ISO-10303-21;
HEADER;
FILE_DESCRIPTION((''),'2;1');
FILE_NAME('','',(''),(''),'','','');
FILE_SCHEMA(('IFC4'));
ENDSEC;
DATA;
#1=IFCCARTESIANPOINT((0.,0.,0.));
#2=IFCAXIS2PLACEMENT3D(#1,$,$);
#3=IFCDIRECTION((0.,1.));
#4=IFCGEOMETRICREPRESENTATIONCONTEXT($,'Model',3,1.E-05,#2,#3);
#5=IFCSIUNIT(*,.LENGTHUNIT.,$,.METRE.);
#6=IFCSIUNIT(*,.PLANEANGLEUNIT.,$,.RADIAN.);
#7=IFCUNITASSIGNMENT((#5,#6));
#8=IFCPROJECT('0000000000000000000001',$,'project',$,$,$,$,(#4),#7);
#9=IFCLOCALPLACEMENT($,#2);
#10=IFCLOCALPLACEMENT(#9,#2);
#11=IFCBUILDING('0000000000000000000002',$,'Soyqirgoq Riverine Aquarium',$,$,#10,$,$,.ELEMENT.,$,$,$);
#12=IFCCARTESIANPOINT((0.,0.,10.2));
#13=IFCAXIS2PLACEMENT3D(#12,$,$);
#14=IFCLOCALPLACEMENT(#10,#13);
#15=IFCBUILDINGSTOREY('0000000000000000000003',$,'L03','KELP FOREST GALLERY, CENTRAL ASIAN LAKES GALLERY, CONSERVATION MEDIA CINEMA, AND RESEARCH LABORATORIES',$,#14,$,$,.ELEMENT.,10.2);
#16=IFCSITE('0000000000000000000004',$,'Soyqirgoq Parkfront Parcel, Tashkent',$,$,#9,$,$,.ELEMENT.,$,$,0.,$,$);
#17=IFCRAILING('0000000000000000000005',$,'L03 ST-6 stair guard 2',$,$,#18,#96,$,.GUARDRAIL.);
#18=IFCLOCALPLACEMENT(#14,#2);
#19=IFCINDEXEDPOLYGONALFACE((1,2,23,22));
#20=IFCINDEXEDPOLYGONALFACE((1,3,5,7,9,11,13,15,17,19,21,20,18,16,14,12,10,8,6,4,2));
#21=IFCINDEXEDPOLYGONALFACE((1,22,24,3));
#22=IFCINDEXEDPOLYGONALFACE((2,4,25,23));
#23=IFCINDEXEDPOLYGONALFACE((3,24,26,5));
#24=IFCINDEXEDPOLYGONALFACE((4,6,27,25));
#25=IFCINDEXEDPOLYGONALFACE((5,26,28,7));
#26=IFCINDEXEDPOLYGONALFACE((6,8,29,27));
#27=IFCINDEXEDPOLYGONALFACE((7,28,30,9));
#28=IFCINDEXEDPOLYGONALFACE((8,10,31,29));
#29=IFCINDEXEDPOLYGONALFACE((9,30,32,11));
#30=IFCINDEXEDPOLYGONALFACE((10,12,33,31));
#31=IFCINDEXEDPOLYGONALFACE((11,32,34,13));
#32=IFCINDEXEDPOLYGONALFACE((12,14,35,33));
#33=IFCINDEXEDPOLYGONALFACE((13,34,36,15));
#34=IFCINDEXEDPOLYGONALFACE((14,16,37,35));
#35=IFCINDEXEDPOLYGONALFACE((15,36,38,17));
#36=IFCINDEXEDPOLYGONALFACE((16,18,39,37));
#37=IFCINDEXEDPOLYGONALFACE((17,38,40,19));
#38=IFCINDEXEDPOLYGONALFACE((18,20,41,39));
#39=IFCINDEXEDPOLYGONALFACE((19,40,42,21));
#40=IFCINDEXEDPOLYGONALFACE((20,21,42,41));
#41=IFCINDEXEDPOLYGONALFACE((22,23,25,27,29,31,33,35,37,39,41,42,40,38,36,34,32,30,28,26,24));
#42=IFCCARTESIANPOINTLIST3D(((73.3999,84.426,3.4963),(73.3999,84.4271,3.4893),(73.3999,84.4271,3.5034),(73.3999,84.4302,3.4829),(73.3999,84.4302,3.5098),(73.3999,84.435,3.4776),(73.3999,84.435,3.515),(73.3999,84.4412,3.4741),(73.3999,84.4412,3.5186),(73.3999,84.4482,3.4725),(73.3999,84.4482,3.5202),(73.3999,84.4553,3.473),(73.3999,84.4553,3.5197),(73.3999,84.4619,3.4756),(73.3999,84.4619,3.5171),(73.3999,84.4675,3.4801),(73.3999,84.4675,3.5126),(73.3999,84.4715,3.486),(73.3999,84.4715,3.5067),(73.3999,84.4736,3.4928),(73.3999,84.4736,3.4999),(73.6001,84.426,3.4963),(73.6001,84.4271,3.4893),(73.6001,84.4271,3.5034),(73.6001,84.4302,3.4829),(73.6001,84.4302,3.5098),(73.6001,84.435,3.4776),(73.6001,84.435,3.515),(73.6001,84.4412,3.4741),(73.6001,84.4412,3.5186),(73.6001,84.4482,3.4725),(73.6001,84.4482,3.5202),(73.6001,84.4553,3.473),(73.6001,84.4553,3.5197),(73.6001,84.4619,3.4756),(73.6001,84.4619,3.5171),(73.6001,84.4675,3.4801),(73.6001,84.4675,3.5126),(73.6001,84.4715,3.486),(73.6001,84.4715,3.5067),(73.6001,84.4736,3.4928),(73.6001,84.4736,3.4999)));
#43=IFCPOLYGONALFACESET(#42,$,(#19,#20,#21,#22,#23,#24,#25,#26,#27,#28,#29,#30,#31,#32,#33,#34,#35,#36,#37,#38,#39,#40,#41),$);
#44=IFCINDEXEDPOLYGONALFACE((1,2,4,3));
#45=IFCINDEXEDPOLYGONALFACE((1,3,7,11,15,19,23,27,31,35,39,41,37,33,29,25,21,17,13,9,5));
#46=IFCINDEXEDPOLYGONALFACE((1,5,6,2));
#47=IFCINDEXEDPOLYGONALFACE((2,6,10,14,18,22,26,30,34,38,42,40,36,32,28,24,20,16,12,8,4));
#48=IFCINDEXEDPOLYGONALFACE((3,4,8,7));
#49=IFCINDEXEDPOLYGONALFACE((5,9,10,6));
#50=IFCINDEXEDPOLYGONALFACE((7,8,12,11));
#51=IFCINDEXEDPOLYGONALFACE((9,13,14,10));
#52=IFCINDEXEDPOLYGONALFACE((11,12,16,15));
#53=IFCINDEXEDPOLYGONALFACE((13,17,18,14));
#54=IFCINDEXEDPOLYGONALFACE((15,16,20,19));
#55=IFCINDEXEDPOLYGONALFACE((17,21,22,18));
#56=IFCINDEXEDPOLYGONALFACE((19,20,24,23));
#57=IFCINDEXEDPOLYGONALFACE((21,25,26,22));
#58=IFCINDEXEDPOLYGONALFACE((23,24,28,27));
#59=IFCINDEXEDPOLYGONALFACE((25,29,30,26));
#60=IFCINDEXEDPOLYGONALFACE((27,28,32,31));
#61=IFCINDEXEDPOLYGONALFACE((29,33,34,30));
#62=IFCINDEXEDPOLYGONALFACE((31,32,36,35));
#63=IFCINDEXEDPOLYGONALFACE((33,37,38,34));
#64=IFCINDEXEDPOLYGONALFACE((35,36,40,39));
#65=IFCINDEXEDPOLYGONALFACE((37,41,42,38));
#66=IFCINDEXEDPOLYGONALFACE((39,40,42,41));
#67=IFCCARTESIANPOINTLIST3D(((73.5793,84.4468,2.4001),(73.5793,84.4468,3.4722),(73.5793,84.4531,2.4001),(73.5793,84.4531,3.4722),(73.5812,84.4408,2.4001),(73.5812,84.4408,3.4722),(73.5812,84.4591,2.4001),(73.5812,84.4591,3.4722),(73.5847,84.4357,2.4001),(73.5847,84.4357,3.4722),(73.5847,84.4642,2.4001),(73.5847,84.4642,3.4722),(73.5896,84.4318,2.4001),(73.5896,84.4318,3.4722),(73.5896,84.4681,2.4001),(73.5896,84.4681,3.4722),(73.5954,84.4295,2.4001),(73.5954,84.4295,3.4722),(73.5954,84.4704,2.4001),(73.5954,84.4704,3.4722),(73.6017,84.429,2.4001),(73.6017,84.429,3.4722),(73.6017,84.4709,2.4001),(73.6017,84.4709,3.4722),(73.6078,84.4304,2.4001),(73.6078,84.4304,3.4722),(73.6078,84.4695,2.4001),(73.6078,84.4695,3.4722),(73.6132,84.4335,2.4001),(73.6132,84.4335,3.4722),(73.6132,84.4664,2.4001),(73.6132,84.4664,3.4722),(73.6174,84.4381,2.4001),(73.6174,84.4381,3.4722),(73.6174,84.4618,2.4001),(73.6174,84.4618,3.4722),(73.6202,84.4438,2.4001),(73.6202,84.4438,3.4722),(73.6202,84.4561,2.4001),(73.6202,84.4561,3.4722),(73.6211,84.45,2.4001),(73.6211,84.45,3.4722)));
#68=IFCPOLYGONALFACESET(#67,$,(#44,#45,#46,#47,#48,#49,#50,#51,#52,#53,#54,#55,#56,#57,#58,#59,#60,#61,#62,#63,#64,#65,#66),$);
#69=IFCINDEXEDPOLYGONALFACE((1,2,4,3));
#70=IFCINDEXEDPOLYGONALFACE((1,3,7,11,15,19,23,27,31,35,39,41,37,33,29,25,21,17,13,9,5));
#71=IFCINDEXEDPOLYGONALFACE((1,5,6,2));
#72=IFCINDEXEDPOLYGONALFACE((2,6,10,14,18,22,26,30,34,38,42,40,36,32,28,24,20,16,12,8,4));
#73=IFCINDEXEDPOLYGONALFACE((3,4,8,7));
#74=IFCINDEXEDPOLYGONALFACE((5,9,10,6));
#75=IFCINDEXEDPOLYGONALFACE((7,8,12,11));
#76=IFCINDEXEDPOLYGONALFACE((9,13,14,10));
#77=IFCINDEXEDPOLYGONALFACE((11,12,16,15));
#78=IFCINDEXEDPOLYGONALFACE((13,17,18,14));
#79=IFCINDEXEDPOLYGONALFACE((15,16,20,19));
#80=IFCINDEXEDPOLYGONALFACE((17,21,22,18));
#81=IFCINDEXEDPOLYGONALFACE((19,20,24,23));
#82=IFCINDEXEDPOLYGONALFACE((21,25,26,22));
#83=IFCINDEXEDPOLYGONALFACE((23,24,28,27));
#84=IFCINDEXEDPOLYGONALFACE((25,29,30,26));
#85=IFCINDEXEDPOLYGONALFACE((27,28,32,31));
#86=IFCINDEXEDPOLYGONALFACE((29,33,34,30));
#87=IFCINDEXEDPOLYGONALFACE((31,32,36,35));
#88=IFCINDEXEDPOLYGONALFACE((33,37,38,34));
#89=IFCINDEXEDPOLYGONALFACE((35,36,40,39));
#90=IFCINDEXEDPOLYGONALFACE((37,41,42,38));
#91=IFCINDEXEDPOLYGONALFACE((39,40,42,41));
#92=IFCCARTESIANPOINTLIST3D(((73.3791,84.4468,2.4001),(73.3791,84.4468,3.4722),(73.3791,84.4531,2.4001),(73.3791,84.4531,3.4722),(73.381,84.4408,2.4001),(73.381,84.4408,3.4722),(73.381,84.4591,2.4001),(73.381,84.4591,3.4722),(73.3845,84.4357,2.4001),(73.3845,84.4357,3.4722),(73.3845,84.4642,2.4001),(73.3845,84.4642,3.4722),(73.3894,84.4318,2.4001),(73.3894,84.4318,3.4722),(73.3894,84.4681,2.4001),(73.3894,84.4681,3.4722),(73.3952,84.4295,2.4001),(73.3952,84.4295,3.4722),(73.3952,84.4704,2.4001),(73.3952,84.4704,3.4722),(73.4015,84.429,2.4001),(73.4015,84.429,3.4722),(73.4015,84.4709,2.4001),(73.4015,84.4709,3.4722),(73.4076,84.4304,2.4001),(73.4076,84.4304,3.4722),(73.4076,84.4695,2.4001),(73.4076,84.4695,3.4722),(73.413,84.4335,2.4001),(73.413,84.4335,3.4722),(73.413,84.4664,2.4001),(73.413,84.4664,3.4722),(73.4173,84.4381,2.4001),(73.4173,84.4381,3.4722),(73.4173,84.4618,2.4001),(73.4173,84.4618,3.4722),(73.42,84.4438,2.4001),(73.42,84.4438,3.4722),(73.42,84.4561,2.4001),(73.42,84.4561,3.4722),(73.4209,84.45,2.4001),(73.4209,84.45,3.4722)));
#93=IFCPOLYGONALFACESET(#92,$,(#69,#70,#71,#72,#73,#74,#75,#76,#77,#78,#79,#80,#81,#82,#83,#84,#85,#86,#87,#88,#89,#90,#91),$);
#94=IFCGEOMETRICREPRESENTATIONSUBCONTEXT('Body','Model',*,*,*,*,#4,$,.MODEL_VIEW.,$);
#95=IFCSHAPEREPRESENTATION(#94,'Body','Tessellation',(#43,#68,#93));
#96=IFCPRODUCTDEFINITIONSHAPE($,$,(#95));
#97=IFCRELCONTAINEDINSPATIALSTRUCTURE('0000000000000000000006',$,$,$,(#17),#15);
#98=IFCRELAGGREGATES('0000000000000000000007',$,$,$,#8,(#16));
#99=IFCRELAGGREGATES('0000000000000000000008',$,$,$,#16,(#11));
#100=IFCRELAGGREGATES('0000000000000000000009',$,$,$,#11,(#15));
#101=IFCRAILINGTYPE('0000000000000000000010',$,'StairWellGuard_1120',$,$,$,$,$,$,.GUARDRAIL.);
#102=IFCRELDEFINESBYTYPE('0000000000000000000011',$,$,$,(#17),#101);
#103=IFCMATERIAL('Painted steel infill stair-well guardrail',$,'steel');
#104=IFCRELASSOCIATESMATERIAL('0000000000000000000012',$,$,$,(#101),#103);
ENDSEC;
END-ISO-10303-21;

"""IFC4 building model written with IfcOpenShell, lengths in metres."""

from ifc_helpers import new_model, si_unit, direction, frame, origin, origin_2d, place, context, subcontext, project, spatial, circle, extrude, material, type_object, element, save


model = new_model("IFC4")

# Units and contexts
model_context = context("Model", 3, precision=1e-05, world=origin(), true_north=direction((0.0, 1.0)))
body_context = subcontext(model_context, "Body", "Model", "MODEL_VIEW")
ifc_project = project(units=[si_unit("LENGTHUNIT", "METRE"), si_unit("PLANEANGLEUNIT", "RADIAN")], contexts=[model_context])

# Site, building, storey
site_placement = place(None, origin())
site = spatial("IfcSite", under=ifc_project, at=site_placement, Name="Soyqirgoq Parkfront Parcel, Tashkent", CompositionType="ELEMENT", RefElevation=0.0)
building_placement = place(site_placement, origin())
building = spatial("IfcBuilding", under=site, at=building_placement, Name="Soyqirgoq Riverine Aquarium", CompositionType="ELEMENT")
storey_placement = place(building_placement, frame((0.0, 0.0, 10.2)))
storey = spatial("IfcBuildingStorey", under=building, at=storey_placement, Name="L03", Description="KELP FOREST GALLERY, CENTRAL ASIAN LAKES GALLERY, CONSERVATION MEDIA CINEMA, AND RESEARCH LABORATORIES", CompositionType="ELEMENT", Elevation=10.2)

# Railing
ifc_material_1 = material(Name="Painted steel infill stair-well guardrail", Category="steel")
railing_type_1 = type_object("IfcRailingType", Name="StairWellGuard_1120", PredefinedType="GUARDRAIL", material=ifc_material_1)
railing_1_placement = place(storey_placement, frame((73.6001, 84.45, 2.4001)))
element("IfcRailing", 1, at=railing_1_placement, inside=storey, type_object=railing_type_1, Name="L03 ST-6 stair guard 2", PredefinedType="GUARDRAIL", context=body_context, shape_type="SweptSolid", body=[
    extrude(circle(Radius=0.0239, at=origin_2d()), frame((0.0, 0.0, 1.0962), z_axis=(-1.0, 0.0, 0.0), x_axis=(0.0, -1.0, 0.0)), (0.0, 0.0, 1.0), 0.2002),
    extrude(circle(Radius=0.021, at=origin_2d()), origin(), (0.0, 0.0, 1.0), 1.072),
    extrude(circle(Radius=0.021, at=origin_2d()), frame((-0.2002, 0.0, 0.0)), (0.0, 0.0, 1.0), 1.072),
])

save(model, "model.ifc")
